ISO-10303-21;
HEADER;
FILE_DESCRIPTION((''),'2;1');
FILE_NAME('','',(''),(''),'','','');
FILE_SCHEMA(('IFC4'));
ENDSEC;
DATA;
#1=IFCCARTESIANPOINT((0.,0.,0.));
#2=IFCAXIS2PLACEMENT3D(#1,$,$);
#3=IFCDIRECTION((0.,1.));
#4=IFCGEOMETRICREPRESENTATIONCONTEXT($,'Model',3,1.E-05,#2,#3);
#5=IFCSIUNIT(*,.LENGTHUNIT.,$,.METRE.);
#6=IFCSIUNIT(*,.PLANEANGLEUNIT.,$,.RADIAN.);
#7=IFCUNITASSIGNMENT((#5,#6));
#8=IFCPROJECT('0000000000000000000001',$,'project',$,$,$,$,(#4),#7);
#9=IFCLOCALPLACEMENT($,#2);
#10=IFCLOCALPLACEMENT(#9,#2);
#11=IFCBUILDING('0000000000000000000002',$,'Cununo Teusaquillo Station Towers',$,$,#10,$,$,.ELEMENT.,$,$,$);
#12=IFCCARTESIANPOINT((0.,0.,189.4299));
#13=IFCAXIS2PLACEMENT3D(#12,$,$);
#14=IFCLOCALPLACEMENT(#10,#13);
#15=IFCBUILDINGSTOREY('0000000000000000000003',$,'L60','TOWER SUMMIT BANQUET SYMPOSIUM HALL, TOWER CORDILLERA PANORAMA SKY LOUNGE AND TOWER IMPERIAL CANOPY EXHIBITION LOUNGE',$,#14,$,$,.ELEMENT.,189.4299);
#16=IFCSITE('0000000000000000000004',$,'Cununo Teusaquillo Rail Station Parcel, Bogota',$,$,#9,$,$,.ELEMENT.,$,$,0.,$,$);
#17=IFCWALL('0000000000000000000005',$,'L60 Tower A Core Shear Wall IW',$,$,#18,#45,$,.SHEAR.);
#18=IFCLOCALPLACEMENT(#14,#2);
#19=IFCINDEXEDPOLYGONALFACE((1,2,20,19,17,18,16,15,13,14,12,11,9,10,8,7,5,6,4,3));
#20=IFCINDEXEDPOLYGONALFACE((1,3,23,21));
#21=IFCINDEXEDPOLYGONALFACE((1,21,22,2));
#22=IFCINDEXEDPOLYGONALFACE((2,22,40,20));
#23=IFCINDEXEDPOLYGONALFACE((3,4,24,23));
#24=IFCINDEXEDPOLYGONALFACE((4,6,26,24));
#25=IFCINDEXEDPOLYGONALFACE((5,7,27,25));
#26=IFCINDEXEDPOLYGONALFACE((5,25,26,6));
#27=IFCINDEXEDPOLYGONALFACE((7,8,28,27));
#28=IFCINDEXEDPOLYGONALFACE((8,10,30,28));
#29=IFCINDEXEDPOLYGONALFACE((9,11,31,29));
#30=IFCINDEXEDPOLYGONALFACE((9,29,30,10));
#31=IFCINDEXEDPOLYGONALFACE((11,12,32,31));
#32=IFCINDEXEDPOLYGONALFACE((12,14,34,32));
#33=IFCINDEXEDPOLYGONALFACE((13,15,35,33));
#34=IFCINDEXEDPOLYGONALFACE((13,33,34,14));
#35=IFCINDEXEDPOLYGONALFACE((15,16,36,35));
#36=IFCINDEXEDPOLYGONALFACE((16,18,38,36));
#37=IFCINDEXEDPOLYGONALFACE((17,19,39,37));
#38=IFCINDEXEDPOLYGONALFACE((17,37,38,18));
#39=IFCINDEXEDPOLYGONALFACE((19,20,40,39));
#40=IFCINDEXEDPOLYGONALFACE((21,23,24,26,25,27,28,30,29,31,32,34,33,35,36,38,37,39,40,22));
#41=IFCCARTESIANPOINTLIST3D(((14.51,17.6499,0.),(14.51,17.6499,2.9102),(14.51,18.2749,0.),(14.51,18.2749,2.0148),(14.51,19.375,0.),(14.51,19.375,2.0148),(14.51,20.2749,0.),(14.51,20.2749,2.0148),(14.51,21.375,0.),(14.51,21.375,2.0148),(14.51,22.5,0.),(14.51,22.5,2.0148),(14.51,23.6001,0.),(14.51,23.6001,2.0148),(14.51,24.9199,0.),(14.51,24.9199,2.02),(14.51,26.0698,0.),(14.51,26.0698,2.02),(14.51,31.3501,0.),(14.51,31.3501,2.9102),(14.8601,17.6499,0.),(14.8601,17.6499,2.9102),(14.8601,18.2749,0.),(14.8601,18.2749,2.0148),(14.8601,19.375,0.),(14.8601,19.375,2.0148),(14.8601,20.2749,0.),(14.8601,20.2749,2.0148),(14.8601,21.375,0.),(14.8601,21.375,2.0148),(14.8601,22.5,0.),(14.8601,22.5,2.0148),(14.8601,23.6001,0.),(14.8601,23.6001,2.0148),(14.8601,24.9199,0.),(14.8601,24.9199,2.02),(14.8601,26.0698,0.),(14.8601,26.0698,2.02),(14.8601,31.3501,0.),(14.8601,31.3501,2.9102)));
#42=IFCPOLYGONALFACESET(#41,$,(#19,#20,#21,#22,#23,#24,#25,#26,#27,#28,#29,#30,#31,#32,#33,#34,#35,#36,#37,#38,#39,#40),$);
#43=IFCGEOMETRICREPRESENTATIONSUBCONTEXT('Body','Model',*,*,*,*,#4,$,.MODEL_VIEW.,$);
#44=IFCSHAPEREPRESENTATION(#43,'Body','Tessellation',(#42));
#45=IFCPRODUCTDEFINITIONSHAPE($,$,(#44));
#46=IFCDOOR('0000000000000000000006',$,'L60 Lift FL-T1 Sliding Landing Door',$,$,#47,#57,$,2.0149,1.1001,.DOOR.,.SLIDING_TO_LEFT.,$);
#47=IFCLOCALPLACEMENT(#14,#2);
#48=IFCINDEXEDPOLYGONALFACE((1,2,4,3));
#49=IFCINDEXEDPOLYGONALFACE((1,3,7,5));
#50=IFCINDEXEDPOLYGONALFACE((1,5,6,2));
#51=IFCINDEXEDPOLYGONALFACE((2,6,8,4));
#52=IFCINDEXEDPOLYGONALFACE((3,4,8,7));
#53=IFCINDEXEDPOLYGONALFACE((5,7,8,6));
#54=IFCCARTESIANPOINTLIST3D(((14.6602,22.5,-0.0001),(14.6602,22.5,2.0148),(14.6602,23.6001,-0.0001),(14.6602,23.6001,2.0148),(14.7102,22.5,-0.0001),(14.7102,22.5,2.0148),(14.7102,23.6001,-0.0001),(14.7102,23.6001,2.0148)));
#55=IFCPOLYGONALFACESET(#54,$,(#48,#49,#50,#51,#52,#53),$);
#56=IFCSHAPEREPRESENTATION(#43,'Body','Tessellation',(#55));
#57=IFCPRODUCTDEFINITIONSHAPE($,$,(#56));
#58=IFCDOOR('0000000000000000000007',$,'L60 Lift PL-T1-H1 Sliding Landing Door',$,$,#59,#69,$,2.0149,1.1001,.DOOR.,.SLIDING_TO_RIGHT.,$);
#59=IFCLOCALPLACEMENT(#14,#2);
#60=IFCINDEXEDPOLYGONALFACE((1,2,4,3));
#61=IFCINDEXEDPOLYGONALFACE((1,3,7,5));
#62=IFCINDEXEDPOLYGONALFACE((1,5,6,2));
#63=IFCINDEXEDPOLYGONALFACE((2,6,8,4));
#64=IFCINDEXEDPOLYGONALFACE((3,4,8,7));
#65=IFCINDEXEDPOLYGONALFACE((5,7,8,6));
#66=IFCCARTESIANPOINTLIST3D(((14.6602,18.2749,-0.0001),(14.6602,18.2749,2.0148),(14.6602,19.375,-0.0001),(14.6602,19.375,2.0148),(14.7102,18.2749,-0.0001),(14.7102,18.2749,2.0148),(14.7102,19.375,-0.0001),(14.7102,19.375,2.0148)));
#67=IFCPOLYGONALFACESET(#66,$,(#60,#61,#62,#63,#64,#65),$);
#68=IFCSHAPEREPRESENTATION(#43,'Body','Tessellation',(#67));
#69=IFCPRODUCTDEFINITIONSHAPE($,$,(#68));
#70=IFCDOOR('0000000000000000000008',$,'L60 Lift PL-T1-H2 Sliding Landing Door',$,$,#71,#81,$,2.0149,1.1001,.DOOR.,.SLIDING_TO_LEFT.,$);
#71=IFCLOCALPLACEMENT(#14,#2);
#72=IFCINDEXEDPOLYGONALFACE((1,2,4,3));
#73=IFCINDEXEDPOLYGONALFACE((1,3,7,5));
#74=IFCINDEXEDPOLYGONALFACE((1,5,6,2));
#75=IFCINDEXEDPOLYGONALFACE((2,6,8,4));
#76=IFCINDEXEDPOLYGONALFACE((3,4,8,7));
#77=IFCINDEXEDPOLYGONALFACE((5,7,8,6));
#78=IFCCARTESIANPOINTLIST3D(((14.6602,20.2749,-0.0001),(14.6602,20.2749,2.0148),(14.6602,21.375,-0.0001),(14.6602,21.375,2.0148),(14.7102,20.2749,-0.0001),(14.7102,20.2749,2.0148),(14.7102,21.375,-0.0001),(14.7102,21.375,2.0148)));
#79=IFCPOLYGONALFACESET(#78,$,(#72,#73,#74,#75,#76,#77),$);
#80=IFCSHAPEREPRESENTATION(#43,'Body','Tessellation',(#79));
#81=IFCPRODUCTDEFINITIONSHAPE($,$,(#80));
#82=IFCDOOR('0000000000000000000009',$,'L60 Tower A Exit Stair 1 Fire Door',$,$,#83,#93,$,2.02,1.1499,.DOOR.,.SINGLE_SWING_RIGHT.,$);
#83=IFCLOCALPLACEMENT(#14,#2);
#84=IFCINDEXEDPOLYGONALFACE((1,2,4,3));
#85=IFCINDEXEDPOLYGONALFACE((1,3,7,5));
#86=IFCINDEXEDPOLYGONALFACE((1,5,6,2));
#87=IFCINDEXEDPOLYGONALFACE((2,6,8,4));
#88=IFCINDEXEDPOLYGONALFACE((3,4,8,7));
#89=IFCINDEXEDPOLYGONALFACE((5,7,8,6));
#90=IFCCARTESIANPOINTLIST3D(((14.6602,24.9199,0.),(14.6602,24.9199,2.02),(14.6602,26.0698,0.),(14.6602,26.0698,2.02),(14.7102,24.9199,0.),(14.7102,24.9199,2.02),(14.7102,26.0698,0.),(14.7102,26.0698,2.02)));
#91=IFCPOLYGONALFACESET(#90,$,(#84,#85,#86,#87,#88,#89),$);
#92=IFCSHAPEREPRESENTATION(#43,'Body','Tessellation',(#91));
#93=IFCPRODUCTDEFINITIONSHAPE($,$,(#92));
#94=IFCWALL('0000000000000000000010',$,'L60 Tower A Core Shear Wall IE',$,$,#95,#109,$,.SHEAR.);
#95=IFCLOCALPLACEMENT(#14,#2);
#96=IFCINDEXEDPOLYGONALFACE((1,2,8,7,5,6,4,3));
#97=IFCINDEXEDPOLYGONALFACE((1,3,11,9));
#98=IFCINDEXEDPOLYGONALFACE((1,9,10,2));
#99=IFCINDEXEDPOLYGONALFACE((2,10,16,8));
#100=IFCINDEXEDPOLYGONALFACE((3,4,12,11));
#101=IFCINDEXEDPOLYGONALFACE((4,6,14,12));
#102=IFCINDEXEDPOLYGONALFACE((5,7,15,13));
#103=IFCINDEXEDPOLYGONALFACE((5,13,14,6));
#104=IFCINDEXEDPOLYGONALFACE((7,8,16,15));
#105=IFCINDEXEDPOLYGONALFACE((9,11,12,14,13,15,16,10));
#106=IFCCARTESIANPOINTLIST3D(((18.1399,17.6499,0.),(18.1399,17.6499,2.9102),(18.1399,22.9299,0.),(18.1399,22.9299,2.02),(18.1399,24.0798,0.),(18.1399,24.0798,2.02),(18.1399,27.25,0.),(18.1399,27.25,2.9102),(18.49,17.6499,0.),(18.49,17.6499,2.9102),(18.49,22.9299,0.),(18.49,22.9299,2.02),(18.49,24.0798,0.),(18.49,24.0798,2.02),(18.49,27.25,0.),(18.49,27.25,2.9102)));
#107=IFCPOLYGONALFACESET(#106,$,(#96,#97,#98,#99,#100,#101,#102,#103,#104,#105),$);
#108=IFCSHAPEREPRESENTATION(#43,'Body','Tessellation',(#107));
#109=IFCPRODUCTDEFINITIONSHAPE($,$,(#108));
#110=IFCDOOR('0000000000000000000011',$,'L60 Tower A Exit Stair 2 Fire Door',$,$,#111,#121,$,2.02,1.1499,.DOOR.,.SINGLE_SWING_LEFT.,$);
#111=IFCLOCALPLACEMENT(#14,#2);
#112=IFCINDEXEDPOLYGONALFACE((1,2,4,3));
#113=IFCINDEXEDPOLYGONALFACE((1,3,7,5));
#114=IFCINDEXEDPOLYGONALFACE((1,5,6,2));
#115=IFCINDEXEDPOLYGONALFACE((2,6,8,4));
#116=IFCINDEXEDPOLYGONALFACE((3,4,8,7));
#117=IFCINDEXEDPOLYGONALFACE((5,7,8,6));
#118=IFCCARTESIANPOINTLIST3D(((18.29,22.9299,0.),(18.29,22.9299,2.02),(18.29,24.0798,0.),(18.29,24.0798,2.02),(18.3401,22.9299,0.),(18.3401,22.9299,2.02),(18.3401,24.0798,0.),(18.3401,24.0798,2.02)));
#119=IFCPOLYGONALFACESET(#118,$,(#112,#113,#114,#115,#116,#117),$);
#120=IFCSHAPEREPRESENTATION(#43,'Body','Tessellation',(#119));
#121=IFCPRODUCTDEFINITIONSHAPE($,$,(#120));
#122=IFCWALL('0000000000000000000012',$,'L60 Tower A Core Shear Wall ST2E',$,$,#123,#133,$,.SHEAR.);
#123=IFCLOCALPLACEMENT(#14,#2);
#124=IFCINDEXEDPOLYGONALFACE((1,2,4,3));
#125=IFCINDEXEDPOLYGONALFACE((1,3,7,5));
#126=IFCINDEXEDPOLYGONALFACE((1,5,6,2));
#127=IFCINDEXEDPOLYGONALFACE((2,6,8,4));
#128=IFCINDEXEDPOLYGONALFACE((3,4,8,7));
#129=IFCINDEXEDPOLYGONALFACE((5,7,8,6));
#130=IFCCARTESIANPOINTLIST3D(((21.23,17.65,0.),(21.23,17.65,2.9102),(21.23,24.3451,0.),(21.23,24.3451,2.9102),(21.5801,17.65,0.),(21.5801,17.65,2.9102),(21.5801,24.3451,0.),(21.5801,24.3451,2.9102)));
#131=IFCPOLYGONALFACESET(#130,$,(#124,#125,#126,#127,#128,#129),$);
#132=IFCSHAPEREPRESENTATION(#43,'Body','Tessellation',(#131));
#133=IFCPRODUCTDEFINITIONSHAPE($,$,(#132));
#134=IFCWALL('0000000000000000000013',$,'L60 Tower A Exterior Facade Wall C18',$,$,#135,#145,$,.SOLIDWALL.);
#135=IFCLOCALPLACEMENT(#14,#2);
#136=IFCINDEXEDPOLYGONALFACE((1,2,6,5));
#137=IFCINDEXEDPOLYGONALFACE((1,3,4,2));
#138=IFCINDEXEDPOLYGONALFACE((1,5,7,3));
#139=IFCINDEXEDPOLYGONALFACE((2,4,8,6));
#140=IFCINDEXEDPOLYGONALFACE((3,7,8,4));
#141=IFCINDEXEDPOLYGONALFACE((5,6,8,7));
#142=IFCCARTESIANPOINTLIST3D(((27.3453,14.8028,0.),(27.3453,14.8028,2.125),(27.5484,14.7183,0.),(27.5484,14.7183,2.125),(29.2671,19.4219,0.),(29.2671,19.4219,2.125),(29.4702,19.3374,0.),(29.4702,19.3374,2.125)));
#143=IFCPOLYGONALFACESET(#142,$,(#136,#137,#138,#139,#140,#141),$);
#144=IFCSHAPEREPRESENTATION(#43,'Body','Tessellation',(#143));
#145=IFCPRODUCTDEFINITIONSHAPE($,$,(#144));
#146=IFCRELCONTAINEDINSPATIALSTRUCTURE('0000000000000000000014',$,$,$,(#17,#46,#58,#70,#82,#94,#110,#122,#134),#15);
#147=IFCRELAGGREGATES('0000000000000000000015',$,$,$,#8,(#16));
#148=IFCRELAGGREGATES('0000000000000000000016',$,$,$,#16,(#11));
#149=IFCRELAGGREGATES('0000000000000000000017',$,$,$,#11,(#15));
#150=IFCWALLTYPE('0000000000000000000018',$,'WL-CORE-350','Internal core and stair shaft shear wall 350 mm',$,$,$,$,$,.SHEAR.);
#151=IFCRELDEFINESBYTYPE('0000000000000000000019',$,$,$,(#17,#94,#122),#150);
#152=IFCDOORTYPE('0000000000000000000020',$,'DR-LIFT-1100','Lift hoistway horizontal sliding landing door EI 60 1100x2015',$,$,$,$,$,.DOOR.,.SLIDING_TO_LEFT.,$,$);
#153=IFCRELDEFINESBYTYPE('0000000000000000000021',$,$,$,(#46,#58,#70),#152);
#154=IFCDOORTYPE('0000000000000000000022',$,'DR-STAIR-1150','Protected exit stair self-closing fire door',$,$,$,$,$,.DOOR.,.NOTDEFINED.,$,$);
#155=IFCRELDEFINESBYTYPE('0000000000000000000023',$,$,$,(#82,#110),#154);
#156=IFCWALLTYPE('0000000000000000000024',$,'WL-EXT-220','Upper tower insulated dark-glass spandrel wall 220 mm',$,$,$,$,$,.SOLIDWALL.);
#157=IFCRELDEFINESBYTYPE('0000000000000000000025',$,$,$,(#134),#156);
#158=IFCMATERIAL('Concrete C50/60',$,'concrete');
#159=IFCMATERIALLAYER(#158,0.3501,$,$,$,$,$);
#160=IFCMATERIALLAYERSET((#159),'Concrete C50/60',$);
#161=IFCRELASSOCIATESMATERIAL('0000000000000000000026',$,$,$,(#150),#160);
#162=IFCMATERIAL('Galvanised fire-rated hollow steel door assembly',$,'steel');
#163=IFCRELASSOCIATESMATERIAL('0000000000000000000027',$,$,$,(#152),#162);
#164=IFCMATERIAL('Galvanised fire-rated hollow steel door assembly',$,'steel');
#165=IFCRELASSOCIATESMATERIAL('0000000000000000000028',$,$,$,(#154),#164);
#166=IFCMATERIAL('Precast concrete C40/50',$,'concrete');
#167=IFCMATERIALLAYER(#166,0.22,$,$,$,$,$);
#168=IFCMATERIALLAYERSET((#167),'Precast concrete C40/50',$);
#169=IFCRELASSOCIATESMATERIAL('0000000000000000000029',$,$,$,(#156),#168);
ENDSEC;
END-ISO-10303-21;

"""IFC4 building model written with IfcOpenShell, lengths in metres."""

from ifc_helpers import new_model, si_unit, direction, frame, frame_2d, origin, place, context, subcontext, project, spatial, rectangle, extrude, source, transform, mapped, material, layer, layer_set, type_object, element, fill, save


model = new_model("IFC4")

# Units and contexts
model_context = context("Model", 3, precision=1e-05, world=origin(), true_north=direction((0.0, 1.0)))
body_context = subcontext(model_context, "Body", "Model", "MODEL_VIEW")
ifc_project = project(units=[si_unit("LENGTHUNIT", "METRE"), si_unit("PLANEANGLEUNIT", "RADIAN")], contexts=[model_context])

# Site, building, storey
site_placement = place(None, origin())
site = spatial("IfcSite", under=ifc_project, at=site_placement, Name="Cununo Teusaquillo Rail Station Parcel, Bogota", CompositionType="ELEMENT", RefElevation=0.0)
building_placement = place(site_placement, origin())
building = spatial("IfcBuilding", under=site, at=building_placement, Name="Cununo Teusaquillo Station Towers", CompositionType="ELEMENT")
storey_placement = place(building_placement, frame((0.0, 0.0, 189.4299)))
storey = spatial("IfcBuildingStorey", under=building, at=storey_placement, Name="L60", Description="TOWER SUMMIT BANQUET SYMPOSIUM HALL, TOWER CORDILLERA PANORAMA SKY LOUNGE AND TOWER IMPERIAL CANOPY EXHIBITION LOUNGE", CompositionType="ELEMENT", Elevation=189.4299)

# Wall, openings, doors
ifc_material_1 = material(Name="Concrete C50/60", Category="concrete")
ifc_layer_1 = layer(ifc_material_1, 0.3501)
ifc_layer_set_1 = layer_set([ifc_layer_1], Name="Concrete C50/60")
wall_type_1 = type_object("IfcWallType", Name="WL-CORE-350", Description="Internal core and stair shaft shear wall 350 mm", PredefinedType="SHEAR", material=ifc_layer_set_1)
wall_1_placement = place(storey_placement, frame((14.6851, 17.6499, 0.0), z_axis=(0.0, 0.0, 1.0), x_axis=(0.0, 1.0, 0.0)))
wall_1 = element("IfcWall", 1, at=wall_1_placement, inside=storey, type_object=wall_type_1, Name="L60 Tower A Core Shear Wall IW", PredefinedType="SHEAR", context=body_context, shape_type="SweptSolid", body=[
    extrude(rectangle(XDim=13.7002, YDim=0.3501, at=frame_2d((6.8501, 0.0))), origin(), (0.0, 0.0, 1.0), 2.9102),
])
shared_shape_1 = source(origin(), body_context, "Body", "SweptSolid", [
    extrude(rectangle(XDim=1.1001, YDim=2.0149, at=frame_2d((0.55, 1.0073))), frame((0.0, 0.1851, 0.0), z_axis=(0.0, -1.0, 0.0), x_axis=(1.0, 0.0, 0.0)), (0.0, 0.0, 1.0), 0.3701),
])
opening_1_placement = place(wall_1_placement, frame((4.8501, 0.0, 0.0)))
opening_1 = element("IfcOpeningElement", 2, at=opening_1_placement, cuts=wall_1, PredefinedType="OPENING", context=body_context, shape_type="MappedRepresentation", body=[
    mapped(shared_shape_1, transform((0.0, 0.0, 0.0), x_axis=(1.0, 0.0, 0.0), y_axis=(0.0, 1.0, 0.0), z_axis=(0.0, 0.0, 1.0), scale=1.0)),
])
opening_2_placement = place(wall_1_placement, frame((0.625, 0.0, 0.0)))
opening_2 = element("IfcOpeningElement", 3, at=opening_2_placement, cuts=wall_1, PredefinedType="OPENING", context=body_context, shape_type="MappedRepresentation", body=[
    mapped(shared_shape_1, transform((0.0, 0.0, 0.0), x_axis=(1.0, 0.0, 0.0), y_axis=(0.0, 1.0, 0.0), z_axis=(0.0, 0.0, 1.0), scale=1.0)),
])
opening_3_placement = place(wall_1_placement, frame((2.625, 0.0, 0.0)))
opening_3 = element("IfcOpeningElement", 4, at=opening_3_placement, cuts=wall_1, PredefinedType="OPENING", context=body_context, shape_type="MappedRepresentation", body=[
    mapped(shared_shape_1, transform((0.0, 0.0, 0.0), x_axis=(1.0, 0.0, 0.0), y_axis=(0.0, 1.0, 0.0), z_axis=(0.0, 0.0, 1.0), scale=1.0)),
])
shared_shape_2 = source(origin(), body_context, "Body", "SweptSolid", [
    extrude(rectangle(XDim=1.1499, YDim=2.02, at=frame_2d((0.575, 1.01))), frame((0.0, 0.1851, 0.0), z_axis=(0.0, -1.0, 0.0), x_axis=(1.0, 0.0, 0.0)), (0.0, 0.0, 1.0), 0.3701),
])
opening_4_placement = place(wall_1_placement, frame((7.27, 0.0, 0.0)))
opening_4 = element("IfcOpeningElement", 5, at=opening_4_placement, cuts=wall_1, PredefinedType="OPENING", context=body_context, shape_type="MappedRepresentation", body=[
    mapped(shared_shape_2, transform((0.0, 0.0, 0.0), x_axis=(1.0, 0.0, 0.0), y_axis=(0.0, 1.0, 0.0), z_axis=(0.0, 0.0, 1.0), scale=1.0)),
])
ifc_material_2 = material(Name="Galvanised fire-rated hollow steel door assembly", Category="steel")
door_type_1 = type_object("IfcDoorType", Name="DR-LIFT-1100", Description="Lift hoistway horizontal sliding landing door EI 60 1100x2015", OperationType="SLIDING_TO_LEFT", PredefinedType="DOOR", material=ifc_material_2)
shared_shape_3 = source(origin(), body_context, "Body", "SweptSolid", [
    extrude(rectangle(XDim=1.1001, YDim=2.0149, at=frame_2d((0.55, 1.0073))), frame((0.0, 0.0249, 0.0), z_axis=(0.0, -1.0, 0.0), x_axis=(1.0, 0.0, 0.0)), (0.0, 0.0, 1.0), 0.05),
])
door_1_placement = place(opening_1_placement, origin())
door_1 = element("IfcDoor", 6, at=door_1_placement, inside=storey, type_object=door_type_1, Name="L60 Lift FL-T1 Sliding Landing Door", OperationType="SLIDING_TO_LEFT", OverallHeight=2.0149, OverallWidth=1.1001, PredefinedType="DOOR", context=body_context, shape_type="MappedRepresentation", body=[
    mapped(shared_shape_3, transform((0.0, 0.0, 0.0), x_axis=(1.0, 0.0, 0.0), y_axis=(0.0, 1.0, 0.0), z_axis=(0.0, 0.0, 1.0), scale=1.0)),
])
fill(opening_1, door_1)
door_2_placement = place(opening_2_placement, origin())
door_2 = element("IfcDoor", 7, at=door_2_placement, inside=storey, type_object=door_type_1, Name="L60 Lift PL-T1-H1 Sliding Landing Door", OperationType="SLIDING_TO_RIGHT", OverallHeight=2.0149, OverallWidth=1.1001, PredefinedType="DOOR", context=body_context, shape_type="MappedRepresentation", body=[
    mapped(shared_shape_3, transform((0.0, 0.0, 0.0), x_axis=(1.0, 0.0, 0.0), y_axis=(0.0, 1.0, 0.0), z_axis=(0.0, 0.0, 1.0), scale=1.0)),
])
fill(opening_2, door_2)
door_3_placement = place(opening_3_placement, origin())
door_3 = element("IfcDoor", 8, at=door_3_placement, inside=storey, type_object=door_type_1, Name="L60 Lift PL-T1-H2 Sliding Landing Door", OperationType="SLIDING_TO_LEFT", OverallHeight=2.0149, OverallWidth=1.1001, PredefinedType="DOOR", context=body_context, shape_type="MappedRepresentation", body=[
    mapped(shared_shape_3, transform((0.0, 0.0, 0.0), x_axis=(1.0, 0.0, 0.0), y_axis=(0.0, 1.0, 0.0), z_axis=(0.0, 0.0, 1.0), scale=1.0)),
])
fill(opening_3, door_3)
ifc_material_3 = material(Name="Galvanised fire-rated hollow steel door assembly", Category="steel")
door_type_2 = type_object("IfcDoorType", Name="DR-STAIR-1150", Description="Protected exit stair self-closing fire door", OperationType="NOTDEFINED", PredefinedType="DOOR", material=ifc_material_3)
shared_shape_4 = source(origin(), body_context, "Body", "SweptSolid", [
    extrude(rectangle(XDim=1.1499, YDim=2.02, at=frame_2d((0.575, 1.01))), frame((0.0, 0.0249, 0.0), z_axis=(0.0, -1.0, 0.0), x_axis=(1.0, 0.0, 0.0)), (0.0, 0.0, 1.0), 0.05),
])
door_4_placement = place(opening_4_placement, origin())
door_4 = element("IfcDoor", 9, at=door_4_placement, inside=storey, type_object=door_type_2, Name="L60 Tower A Exit Stair 1 Fire Door", OperationType="SINGLE_SWING_RIGHT", OverallHeight=2.02, OverallWidth=1.1499, PredefinedType="DOOR", context=body_context, shape_type="MappedRepresentation", body=[
    mapped(shared_shape_4, transform((0.0, 0.0, 0.0), x_axis=(1.0, 0.0, 0.0), y_axis=(0.0, 1.0, 0.0), z_axis=(0.0, 0.0, 1.0), scale=1.0)),
])
fill(opening_4, door_4)

# Wall, opening, door
wall_2_placement = place(storey_placement, frame((18.3149, 17.6499, 0.0), z_axis=(0.0, 0.0, 1.0), x_axis=(0.0, 1.0, 0.0)))
wall_2 = element("IfcWall", 10, at=wall_2_placement, inside=storey, type_object=wall_type_1, Name="L60 Tower A Core Shear Wall IE", PredefinedType="SHEAR", context=body_context, shape_type="SweptSolid", body=[
    extrude(rectangle(XDim=9.6001, YDim=0.3501, at=frame_2d((4.8, 0.0))), origin(), (0.0, 0.0, 1.0), 2.9102),
])
opening_5_placement = place(wall_2_placement, frame((5.28, 0.0, 0.0)))
opening_5 = element("IfcOpeningElement", 11, at=opening_5_placement, cuts=wall_2, PredefinedType="OPENING", context=body_context, shape_type="MappedRepresentation", body=[
    mapped(shared_shape_2, transform((0.0, 0.0, 0.0), x_axis=(1.0, 0.0, 0.0), y_axis=(0.0, 1.0, 0.0), z_axis=(0.0, 0.0, 1.0), scale=1.0)),
])
door_5_placement = place(opening_5_placement, origin())
door_5 = element("IfcDoor", 12, at=door_5_placement, inside=storey, type_object=door_type_2, Name="L60 Tower A Exit Stair 2 Fire Door", OperationType="SINGLE_SWING_LEFT", OverallHeight=2.02, OverallWidth=1.1499, PredefinedType="DOOR", context=body_context, shape_type="MappedRepresentation", body=[
    mapped(shared_shape_4, transform((0.0, 0.0, 0.0), x_axis=(1.0, 0.0, 0.0), y_axis=(0.0, 1.0, 0.0), z_axis=(0.0, 0.0, 1.0), scale=1.0)),
])
fill(opening_5, door_5)

# Walls
wall_3_placement = place(storey_placement, frame((21.405, 17.6499, 0.0), z_axis=(0.0, 0.0, 1.0), x_axis=(0.0, 1.0, 0.0)))
element("IfcWall", 13, at=wall_3_placement, inside=storey, type_object=wall_type_1, Name="L60 Tower A Core Shear Wall ST2E", PredefinedType="SHEAR", context=body_context, shape_type="SweptSolid", body=[
    extrude(rectangle(XDim=6.6951, YDim=0.3501, at=frame_2d((3.3477, 0.0))), origin(), (0.0, 0.0, 1.0), 2.9102),
])
ifc_material_4 = material(Name="Precast concrete C40/50", Category="concrete")
ifc_layer_2 = layer(ifc_material_4, 0.22)
ifc_layer_set_2 = layer_set([ifc_layer_2], Name="Precast concrete C40/50")
wall_type_2 = type_object("IfcWallType", Name="WL-EXT-220", Description="Upper tower insulated dark-glass spandrel wall 220 mm", PredefinedType="SOLIDWALL", material=ifc_layer_set_2)
wall_4_placement = place(storey_placement, frame((29.3687, 19.3796, 0.0), z_axis=(0.0, 0.0, 1.0), x_axis=(-0.384144, -0.923273, 0.0)))
element("IfcWall", 14, at=wall_4_placement, inside=storey, type_object=wall_type_2, Name="L60 Tower A Exterior Facade Wall C18", PredefinedType="SOLIDWALL", context=body_context, shape_type="SweptSolid", body=[
    extrude(rectangle(XDim=5.0029, YDim=0.22, at=frame_2d((2.5015, 0.0))), origin(), (0.0, 0.0, 1.0), 2.125),
])

save(model, "model.ifc")
